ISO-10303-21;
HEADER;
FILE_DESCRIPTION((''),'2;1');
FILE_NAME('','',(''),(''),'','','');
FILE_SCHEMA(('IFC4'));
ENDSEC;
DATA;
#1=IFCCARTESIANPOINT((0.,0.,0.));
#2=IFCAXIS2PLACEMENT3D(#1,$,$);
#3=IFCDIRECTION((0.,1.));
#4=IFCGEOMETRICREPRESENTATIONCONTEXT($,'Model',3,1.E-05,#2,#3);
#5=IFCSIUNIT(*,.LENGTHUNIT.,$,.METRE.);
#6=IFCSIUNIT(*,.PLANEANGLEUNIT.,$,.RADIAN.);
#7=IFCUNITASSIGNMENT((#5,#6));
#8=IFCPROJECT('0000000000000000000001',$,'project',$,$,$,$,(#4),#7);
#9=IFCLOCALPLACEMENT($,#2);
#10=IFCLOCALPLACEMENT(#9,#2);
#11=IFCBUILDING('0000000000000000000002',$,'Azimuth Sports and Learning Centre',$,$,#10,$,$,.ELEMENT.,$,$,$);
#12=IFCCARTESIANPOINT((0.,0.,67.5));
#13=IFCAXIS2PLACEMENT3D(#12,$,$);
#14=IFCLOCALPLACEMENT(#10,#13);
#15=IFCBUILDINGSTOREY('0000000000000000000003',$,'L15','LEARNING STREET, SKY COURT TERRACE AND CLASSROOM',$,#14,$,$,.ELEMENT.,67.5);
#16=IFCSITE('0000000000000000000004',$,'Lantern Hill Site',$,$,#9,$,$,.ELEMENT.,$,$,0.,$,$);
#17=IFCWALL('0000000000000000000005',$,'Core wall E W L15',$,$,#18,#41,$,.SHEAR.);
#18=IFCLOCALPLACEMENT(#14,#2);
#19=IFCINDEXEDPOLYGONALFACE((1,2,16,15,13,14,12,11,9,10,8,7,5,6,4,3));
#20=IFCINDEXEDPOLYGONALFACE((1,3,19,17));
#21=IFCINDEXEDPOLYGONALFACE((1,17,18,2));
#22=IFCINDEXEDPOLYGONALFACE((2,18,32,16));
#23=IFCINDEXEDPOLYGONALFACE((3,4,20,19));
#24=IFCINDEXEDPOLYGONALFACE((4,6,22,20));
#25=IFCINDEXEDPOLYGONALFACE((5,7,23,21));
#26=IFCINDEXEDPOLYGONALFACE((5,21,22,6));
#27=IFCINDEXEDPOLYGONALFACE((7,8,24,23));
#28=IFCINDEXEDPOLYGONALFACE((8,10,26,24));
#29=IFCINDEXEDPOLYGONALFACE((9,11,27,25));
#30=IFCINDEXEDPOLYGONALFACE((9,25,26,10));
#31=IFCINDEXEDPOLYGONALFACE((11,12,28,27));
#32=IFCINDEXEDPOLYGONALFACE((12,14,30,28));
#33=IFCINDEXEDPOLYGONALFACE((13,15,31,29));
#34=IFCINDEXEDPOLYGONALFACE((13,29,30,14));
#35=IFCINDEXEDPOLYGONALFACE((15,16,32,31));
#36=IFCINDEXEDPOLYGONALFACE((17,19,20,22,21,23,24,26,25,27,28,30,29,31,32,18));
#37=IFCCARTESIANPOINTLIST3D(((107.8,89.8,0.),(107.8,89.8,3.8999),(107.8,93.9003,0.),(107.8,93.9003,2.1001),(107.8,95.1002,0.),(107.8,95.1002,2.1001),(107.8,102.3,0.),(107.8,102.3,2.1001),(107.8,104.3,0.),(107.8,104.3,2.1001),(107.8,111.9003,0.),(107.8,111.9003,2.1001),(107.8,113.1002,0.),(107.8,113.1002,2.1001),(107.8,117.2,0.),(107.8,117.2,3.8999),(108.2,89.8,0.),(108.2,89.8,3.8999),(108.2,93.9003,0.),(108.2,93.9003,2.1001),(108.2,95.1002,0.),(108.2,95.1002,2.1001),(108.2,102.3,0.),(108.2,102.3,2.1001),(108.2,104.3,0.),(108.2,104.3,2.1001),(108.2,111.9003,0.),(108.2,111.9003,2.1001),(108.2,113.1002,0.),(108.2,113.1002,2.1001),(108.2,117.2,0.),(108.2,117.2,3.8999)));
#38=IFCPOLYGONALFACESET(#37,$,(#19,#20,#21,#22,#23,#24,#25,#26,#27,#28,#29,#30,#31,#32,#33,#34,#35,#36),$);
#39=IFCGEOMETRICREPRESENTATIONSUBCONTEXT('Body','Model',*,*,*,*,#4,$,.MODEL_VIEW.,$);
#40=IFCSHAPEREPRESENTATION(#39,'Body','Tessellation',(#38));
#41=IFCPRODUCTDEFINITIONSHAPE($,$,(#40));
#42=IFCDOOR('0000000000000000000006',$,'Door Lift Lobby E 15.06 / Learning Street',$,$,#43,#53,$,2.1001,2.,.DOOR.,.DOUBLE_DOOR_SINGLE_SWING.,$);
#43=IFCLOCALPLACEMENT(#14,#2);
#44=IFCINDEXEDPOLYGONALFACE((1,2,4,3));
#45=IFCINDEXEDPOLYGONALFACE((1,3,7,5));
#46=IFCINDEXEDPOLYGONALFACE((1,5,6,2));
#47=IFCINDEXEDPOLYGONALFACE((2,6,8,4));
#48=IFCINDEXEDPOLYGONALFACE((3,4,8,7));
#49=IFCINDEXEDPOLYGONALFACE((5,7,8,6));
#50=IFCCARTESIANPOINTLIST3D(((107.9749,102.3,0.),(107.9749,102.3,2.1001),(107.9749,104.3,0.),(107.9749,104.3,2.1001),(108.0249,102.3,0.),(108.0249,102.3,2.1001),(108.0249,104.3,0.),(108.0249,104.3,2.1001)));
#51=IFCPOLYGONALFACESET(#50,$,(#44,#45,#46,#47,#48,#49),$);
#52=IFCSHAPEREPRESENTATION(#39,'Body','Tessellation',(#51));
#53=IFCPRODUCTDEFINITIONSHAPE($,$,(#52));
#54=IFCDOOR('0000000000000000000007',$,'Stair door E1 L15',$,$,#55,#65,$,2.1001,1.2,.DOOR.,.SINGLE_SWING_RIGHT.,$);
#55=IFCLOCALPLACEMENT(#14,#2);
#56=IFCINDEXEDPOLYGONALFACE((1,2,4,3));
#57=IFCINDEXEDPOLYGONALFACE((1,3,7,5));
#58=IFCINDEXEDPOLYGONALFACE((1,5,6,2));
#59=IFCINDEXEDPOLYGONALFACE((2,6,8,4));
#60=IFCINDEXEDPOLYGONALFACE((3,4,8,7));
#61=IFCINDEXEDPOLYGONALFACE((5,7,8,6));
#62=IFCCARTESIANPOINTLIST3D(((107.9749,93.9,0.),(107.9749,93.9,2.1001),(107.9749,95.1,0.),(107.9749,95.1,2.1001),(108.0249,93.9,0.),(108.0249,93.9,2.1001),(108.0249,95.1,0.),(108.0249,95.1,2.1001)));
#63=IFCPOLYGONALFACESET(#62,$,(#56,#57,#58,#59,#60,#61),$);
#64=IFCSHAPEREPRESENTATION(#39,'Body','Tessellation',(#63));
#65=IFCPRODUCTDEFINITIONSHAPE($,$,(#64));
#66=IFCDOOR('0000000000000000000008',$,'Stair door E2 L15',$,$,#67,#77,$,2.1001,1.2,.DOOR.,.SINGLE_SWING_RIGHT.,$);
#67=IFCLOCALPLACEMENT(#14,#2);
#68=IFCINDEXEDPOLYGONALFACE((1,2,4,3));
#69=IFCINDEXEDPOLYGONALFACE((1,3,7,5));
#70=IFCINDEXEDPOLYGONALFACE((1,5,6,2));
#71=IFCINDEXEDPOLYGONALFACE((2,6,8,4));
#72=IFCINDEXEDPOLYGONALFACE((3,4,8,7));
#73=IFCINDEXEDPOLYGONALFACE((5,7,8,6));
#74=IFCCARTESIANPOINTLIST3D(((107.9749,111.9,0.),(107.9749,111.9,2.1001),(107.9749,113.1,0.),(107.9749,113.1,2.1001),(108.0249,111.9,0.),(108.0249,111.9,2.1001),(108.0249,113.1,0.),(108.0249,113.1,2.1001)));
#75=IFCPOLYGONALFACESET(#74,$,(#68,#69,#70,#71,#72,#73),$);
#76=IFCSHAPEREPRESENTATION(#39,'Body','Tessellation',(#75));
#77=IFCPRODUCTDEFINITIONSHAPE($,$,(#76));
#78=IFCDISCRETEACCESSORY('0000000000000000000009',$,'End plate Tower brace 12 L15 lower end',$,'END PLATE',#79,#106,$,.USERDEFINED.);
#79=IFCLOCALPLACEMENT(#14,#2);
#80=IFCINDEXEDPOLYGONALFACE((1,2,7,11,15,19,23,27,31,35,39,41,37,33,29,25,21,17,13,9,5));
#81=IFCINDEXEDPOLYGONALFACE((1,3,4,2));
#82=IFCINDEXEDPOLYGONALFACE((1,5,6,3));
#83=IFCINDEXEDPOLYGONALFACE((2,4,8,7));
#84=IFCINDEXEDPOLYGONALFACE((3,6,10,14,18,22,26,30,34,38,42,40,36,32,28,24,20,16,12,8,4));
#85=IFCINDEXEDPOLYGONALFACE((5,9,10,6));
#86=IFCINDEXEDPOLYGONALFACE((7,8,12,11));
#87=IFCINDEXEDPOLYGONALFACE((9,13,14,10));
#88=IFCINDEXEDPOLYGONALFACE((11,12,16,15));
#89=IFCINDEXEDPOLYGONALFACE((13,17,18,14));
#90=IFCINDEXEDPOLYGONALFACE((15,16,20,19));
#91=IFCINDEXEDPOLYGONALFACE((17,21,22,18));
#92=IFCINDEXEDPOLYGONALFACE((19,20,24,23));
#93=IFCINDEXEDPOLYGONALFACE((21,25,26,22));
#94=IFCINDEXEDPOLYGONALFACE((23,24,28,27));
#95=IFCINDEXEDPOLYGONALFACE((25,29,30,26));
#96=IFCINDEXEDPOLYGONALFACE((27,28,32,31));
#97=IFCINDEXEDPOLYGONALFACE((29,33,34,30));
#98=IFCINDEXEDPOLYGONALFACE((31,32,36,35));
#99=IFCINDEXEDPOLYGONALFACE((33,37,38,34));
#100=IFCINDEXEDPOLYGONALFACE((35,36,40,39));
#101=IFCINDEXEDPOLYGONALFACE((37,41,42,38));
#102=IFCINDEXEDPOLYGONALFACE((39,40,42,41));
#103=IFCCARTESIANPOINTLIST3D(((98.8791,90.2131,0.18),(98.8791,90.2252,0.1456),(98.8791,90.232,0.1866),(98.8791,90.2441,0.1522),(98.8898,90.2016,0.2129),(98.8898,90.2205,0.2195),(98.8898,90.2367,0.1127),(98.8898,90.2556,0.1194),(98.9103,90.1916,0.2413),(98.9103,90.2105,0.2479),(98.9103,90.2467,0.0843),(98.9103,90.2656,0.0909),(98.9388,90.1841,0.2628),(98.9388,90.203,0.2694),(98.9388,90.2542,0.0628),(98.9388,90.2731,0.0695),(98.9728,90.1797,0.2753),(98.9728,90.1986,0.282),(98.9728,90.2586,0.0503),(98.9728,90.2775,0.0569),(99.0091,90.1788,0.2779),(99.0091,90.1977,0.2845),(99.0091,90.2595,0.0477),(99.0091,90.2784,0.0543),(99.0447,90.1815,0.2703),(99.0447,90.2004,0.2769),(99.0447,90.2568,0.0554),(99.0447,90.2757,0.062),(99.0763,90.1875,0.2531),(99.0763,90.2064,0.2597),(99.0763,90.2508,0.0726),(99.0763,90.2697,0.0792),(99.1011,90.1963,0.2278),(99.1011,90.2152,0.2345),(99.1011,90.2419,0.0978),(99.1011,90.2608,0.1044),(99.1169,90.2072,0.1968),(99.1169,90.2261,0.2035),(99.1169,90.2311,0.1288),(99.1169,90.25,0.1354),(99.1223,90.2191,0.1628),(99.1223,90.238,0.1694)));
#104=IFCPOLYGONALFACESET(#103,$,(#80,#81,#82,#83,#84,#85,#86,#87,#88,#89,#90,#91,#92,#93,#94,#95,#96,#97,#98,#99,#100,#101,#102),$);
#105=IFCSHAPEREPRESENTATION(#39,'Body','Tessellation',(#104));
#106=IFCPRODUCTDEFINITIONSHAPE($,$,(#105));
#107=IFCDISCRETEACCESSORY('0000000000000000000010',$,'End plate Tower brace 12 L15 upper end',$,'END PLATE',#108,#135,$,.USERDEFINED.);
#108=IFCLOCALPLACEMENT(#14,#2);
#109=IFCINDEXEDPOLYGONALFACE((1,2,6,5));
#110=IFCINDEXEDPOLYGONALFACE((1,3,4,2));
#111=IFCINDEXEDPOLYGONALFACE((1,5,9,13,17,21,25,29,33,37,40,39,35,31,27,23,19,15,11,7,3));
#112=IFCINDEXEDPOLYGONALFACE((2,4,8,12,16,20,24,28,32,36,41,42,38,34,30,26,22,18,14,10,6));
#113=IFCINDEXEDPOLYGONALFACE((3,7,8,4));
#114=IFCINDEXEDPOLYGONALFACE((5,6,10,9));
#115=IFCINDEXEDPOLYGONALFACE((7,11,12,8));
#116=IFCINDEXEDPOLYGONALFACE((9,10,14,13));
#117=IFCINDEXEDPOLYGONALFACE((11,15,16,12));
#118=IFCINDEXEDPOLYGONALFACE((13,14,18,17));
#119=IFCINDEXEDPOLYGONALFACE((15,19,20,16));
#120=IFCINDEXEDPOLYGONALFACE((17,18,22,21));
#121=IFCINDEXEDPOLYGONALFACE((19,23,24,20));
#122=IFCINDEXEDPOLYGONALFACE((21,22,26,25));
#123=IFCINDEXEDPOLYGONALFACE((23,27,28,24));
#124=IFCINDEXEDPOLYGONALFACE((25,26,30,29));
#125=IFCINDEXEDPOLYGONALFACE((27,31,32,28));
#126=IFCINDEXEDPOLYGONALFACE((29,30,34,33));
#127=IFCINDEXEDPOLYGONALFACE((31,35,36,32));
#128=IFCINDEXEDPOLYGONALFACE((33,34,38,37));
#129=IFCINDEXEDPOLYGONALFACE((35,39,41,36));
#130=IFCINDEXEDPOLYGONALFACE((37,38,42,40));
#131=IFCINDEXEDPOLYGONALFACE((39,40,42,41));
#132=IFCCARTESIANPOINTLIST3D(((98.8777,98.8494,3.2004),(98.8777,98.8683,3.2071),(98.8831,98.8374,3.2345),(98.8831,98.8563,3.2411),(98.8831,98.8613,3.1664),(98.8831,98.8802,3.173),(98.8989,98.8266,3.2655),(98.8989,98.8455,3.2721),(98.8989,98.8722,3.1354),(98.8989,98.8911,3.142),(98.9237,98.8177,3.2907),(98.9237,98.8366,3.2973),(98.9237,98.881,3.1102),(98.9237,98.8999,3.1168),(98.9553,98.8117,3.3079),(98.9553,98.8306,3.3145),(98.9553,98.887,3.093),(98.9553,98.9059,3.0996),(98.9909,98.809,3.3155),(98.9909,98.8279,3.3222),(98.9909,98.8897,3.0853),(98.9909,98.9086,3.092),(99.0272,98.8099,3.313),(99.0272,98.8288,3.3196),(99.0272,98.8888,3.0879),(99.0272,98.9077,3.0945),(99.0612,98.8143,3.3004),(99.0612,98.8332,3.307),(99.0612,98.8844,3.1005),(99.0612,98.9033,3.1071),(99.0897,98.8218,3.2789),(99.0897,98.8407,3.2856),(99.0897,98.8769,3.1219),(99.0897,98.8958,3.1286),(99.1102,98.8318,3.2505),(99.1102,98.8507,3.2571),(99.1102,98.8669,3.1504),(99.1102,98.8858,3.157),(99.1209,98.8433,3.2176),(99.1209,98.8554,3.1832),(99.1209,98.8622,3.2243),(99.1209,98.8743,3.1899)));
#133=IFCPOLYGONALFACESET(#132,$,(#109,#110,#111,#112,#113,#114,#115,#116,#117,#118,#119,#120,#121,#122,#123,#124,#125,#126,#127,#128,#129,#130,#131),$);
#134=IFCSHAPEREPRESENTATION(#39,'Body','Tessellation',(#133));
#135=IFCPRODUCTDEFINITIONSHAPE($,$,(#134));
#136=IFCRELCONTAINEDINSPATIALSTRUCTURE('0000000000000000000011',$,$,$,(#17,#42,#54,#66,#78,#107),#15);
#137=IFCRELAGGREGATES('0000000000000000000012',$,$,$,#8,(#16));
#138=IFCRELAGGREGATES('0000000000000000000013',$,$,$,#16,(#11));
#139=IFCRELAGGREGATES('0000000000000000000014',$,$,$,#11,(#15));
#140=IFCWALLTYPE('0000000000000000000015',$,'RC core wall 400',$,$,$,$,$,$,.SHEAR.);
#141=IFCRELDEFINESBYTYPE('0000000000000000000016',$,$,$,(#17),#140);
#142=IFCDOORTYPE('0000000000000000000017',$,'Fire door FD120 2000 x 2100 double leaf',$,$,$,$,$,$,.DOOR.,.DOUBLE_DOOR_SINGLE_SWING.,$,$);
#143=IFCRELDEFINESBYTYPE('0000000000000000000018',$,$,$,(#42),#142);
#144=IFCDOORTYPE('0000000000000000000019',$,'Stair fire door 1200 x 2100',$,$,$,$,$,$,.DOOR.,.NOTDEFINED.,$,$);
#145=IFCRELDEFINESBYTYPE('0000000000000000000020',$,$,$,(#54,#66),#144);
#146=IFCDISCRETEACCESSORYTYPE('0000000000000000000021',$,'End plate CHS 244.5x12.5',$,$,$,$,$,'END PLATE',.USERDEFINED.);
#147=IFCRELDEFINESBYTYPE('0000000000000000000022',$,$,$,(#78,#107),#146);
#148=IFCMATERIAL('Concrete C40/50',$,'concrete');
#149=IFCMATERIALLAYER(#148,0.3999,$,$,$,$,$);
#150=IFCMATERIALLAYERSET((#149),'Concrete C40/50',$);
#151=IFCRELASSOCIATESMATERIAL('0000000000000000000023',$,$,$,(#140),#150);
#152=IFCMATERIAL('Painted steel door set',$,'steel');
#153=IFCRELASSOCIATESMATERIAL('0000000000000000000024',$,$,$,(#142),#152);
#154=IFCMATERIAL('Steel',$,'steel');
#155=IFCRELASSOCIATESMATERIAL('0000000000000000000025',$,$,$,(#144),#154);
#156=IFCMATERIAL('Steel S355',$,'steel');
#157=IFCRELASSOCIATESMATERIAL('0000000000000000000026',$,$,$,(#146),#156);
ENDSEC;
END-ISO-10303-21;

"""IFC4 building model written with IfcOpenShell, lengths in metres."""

from ifc_helpers import new_model, si_unit, direction, frame, frame_2d, origin, origin_2d, place, context, subcontext, project, spatial, rectangle, circle, extrude, material, layer, layer_set, material_profile, profile_set, type_object, element, fill, save


model = new_model("IFC4")

# Units and contexts
model_context = context("Model", 3, precision=1e-05, world=origin(), true_north=direction((0.0, 1.0)))
body_context = subcontext(model_context, "Body", "Model", "MODEL_VIEW")
ifc_project = project(units=[si_unit("LENGTHUNIT", "METRE"), si_unit("PLANEANGLEUNIT", "RADIAN")], contexts=[model_context])

# Site, building, storey
site_placement = place(None, origin())
site = spatial("IfcSite", under=ifc_project, at=site_placement, Name="Lantern Hill Site", CompositionType="ELEMENT", RefElevation=0.0)
building_placement = place(site_placement, origin())
building = spatial("IfcBuilding", under=site, at=building_placement, Name="Azimuth Sports and Learning Centre", CompositionType="ELEMENT")
storey_placement = place(building_placement, frame((0.0, 0.0, 67.5)))
storey = spatial("IfcBuildingStorey", under=building, at=storey_placement, Name="L15", Description="LEARNING STREET, SKY COURT TERRACE AND CLASSROOM", CompositionType="ELEMENT", Elevation=67.5)

# Wall, openings, doors
ifc_material_1 = material(Name="Concrete C40/50", Category="concrete")
ifc_layer_1 = layer(ifc_material_1, 0.3999)
ifc_layer_set_1 = layer_set([ifc_layer_1], Name="Concrete C40/50")
wall_type_1 = type_object("IfcWallType", Name="RC core wall 400", PredefinedType="SHEAR", material=ifc_layer_set_1)
wall_1_placement = place(storey_placement, frame((108.0, 89.8, 0.0), z_axis=(0.0, 0.0, 1.0), x_axis=(0.0, 1.0, 0.0)))
wall_1 = element("IfcWall", 1, at=wall_1_placement, inside=storey, type_object=wall_type_1, Name="Core wall E W L15", PredefinedType="SHEAR", context=body_context, shape_type="SweptSolid", body=[
    extrude(rectangle(XDim=27.3999, YDim=0.3999, at=frame_2d((13.7, 0.0))), origin(), (0.0, 0.0, 1.0), 3.8999),
])
opening_1_placement = place(wall_1_placement, frame((4.1001, 0.0, 0.0)))
opening_1 = element("IfcOpeningElement", 2, at=opening_1_placement, cuts=wall_1, PredefinedType="OPENING", context=body_context, shape_type="SweptSolid", body=[
    extrude(rectangle(XDim=1.2, YDim=2.1001, at=frame_2d((0.6001, 1.05))), frame((0.0, 0.2109, 0.0), z_axis=(0.0, -1.0, 0.0), x_axis=(1.0, 0.0, 0.0)), (0.0, 0.0, 1.0), 0.4219),
])
opening_2_placement = place(wall_1_placement, frame((22.1001, 0.0, 0.0)))
opening_2 = element("IfcOpeningElement", 3, at=opening_2_placement, cuts=wall_1, PredefinedType="OPENING", context=body_context, shape_type="SweptSolid", body=[
    extrude(rectangle(XDim=1.2, YDim=2.1001, at=frame_2d((0.6001, 1.05))), frame((0.0, 0.2109, 0.0), z_axis=(0.0, -1.0, 0.0), x_axis=(1.0, 0.0, 0.0)), (0.0, 0.0, 1.0), 0.4219),
])
opening_3_placement = place(wall_1_placement, frame((12.5, 0.0, 0.0)))
opening_3 = element("IfcOpeningElement", 4, at=opening_3_placement, cuts=wall_1, PredefinedType="OPENING", context=body_context, shape_type="SweptSolid", body=[
    extrude(rectangle(XDim=2.0, YDim=2.1001, at=frame_2d((1.0, 1.05))), frame((0.0, 0.2109, 0.0), z_axis=(0.0, -1.0, 0.0), x_axis=(1.0, 0.0, 0.0)), (0.0, 0.0, 1.0), 0.4219),
])
ifc_material_2 = material(Name="Painted steel door set", Category="steel")
door_type_1 = type_object("IfcDoorType", Name="Fire door FD120 2000 x 2100 double leaf", OperationType="DOUBLE_DOOR_SINGLE_SWING", PredefinedType="DOOR", material=ifc_material_2)
door_1_placement = place(opening_3_placement, frame((2.0, 0.0, 0.0), z_axis=(0.0, 0.0, 1.0), x_axis=(-1.0, 0.0, 0.0)))
door_1 = element("IfcDoor", 5, at=door_1_placement, inside=storey, type_object=door_type_1, Name="Door Lift Lobby E 15.06 / Learning Street", OperationType="DOUBLE_DOOR_SINGLE_SWING", OverallHeight=2.1001, OverallWidth=2.0, PredefinedType="DOOR", context=body_context, shape_type="SweptSolid", body=[
    extrude(rectangle(XDim=2.0, YDim=2.1001, at=frame_2d((1.0, 1.05))), frame((0.0, 0.0249, 0.0), z_axis=(0.0, -1.0, 0.0), x_axis=(1.0, 0.0, 0.0)), (0.0, 0.0, 1.0), 0.05),
])
fill(opening_3, door_1)
ifc_material_3 = material(Name="Steel", Category="steel")
door_type_2 = type_object("IfcDoorType", Name="Stair fire door 1200 x 2100", OperationType="NOTDEFINED", PredefinedType="DOOR", material=ifc_material_3)
door_2_placement = place(opening_1_placement, frame((1.2, 0.0, 0.0), z_axis=(0.0, 0.0, 1.0), x_axis=(-1.0, 0.0, 0.0)))
door_2 = element("IfcDoor", 6, at=door_2_placement, inside=storey, type_object=door_type_2, Name="Stair door E1 L15", OperationType="SINGLE_SWING_RIGHT", OverallHeight=2.1001, OverallWidth=1.2, PredefinedType="DOOR", context=body_context, shape_type="SweptSolid", body=[
    extrude(rectangle(XDim=1.2, YDim=2.1001, at=frame_2d((0.6001, 1.05))), frame((0.0, 0.0249, 0.0), z_axis=(0.0, -1.0, 0.0), x_axis=(1.0, 0.0, 0.0)), (0.0, 0.0, 1.0), 0.05),
])
fill(opening_1, door_2)
door_3_placement = place(opening_2_placement, frame((1.2, 0.0, 0.0), z_axis=(0.0, 0.0, 1.0), x_axis=(-1.0, 0.0, 0.0)))
door_3 = element("IfcDoor", 7, at=door_3_placement, inside=storey, type_object=door_type_2, Name="Stair door E2 L15", OperationType="SINGLE_SWING_RIGHT", OverallHeight=2.1001, OverallWidth=1.2, PredefinedType="DOOR", context=body_context, shape_type="SweptSolid", body=[
    extrude(rectangle(XDim=1.2, YDim=2.1001, at=frame_2d((0.6001, 1.05))), frame((0.0, 0.0249, 0.0), z_axis=(0.0, -1.0, 0.0), x_axis=(1.0, 0.0, 0.0)), (0.0, 0.0, 1.0), 0.05),
])
fill(opening_2, door_3)

# Discrete accessories
ifc_material_4 = material(Name="Steel S355", Category="steel")
ifc_material_profile_1 = material_profile(ifc_material_4, circle(Radius=0.1223, at=origin_2d()), Name="PL 244 DISC")
ifc_profile_set_1 = profile_set([ifc_material_profile_1], Name="Steel S355")
discrete_accessory_type = type_object("IfcDiscreteAccessoryType", Name="End plate CHS 244.5x12.5", ElementType="END PLATE", PredefinedType="USERDEFINED", material=ifc_profile_set_1)
for number, where, z_axis, x_axis, name in (
    (8, (99.0, 90.238, 0.1694), (0.0, -0.943667, -0.330896), (1.0, 0.0, 0.0), "End plate Tower brace 12 L15 lower end"),
    (9, (99.0, 98.8494, 3.2004), (0.0, 0.943667, 0.330896), (-1.0, 0.0, 0.0), "End plate Tower brace 12 L15 upper end"),
):
    element("IfcDiscreteAccessory", number, at=place(storey_placement, frame(where, z_axis=z_axis, x_axis=x_axis)), inside=storey, type_object=discrete_accessory_type, Name=name, ObjectType="END PLATE", PredefinedType="USERDEFINED", context=body_context, shape_type="SweptSolid", body=[
        extrude(circle(Radius=0.1223, at=origin_2d()), origin(), (0.0, 0.0, 1.0), 0.02),
    ])

save(model, "model.ifc")
